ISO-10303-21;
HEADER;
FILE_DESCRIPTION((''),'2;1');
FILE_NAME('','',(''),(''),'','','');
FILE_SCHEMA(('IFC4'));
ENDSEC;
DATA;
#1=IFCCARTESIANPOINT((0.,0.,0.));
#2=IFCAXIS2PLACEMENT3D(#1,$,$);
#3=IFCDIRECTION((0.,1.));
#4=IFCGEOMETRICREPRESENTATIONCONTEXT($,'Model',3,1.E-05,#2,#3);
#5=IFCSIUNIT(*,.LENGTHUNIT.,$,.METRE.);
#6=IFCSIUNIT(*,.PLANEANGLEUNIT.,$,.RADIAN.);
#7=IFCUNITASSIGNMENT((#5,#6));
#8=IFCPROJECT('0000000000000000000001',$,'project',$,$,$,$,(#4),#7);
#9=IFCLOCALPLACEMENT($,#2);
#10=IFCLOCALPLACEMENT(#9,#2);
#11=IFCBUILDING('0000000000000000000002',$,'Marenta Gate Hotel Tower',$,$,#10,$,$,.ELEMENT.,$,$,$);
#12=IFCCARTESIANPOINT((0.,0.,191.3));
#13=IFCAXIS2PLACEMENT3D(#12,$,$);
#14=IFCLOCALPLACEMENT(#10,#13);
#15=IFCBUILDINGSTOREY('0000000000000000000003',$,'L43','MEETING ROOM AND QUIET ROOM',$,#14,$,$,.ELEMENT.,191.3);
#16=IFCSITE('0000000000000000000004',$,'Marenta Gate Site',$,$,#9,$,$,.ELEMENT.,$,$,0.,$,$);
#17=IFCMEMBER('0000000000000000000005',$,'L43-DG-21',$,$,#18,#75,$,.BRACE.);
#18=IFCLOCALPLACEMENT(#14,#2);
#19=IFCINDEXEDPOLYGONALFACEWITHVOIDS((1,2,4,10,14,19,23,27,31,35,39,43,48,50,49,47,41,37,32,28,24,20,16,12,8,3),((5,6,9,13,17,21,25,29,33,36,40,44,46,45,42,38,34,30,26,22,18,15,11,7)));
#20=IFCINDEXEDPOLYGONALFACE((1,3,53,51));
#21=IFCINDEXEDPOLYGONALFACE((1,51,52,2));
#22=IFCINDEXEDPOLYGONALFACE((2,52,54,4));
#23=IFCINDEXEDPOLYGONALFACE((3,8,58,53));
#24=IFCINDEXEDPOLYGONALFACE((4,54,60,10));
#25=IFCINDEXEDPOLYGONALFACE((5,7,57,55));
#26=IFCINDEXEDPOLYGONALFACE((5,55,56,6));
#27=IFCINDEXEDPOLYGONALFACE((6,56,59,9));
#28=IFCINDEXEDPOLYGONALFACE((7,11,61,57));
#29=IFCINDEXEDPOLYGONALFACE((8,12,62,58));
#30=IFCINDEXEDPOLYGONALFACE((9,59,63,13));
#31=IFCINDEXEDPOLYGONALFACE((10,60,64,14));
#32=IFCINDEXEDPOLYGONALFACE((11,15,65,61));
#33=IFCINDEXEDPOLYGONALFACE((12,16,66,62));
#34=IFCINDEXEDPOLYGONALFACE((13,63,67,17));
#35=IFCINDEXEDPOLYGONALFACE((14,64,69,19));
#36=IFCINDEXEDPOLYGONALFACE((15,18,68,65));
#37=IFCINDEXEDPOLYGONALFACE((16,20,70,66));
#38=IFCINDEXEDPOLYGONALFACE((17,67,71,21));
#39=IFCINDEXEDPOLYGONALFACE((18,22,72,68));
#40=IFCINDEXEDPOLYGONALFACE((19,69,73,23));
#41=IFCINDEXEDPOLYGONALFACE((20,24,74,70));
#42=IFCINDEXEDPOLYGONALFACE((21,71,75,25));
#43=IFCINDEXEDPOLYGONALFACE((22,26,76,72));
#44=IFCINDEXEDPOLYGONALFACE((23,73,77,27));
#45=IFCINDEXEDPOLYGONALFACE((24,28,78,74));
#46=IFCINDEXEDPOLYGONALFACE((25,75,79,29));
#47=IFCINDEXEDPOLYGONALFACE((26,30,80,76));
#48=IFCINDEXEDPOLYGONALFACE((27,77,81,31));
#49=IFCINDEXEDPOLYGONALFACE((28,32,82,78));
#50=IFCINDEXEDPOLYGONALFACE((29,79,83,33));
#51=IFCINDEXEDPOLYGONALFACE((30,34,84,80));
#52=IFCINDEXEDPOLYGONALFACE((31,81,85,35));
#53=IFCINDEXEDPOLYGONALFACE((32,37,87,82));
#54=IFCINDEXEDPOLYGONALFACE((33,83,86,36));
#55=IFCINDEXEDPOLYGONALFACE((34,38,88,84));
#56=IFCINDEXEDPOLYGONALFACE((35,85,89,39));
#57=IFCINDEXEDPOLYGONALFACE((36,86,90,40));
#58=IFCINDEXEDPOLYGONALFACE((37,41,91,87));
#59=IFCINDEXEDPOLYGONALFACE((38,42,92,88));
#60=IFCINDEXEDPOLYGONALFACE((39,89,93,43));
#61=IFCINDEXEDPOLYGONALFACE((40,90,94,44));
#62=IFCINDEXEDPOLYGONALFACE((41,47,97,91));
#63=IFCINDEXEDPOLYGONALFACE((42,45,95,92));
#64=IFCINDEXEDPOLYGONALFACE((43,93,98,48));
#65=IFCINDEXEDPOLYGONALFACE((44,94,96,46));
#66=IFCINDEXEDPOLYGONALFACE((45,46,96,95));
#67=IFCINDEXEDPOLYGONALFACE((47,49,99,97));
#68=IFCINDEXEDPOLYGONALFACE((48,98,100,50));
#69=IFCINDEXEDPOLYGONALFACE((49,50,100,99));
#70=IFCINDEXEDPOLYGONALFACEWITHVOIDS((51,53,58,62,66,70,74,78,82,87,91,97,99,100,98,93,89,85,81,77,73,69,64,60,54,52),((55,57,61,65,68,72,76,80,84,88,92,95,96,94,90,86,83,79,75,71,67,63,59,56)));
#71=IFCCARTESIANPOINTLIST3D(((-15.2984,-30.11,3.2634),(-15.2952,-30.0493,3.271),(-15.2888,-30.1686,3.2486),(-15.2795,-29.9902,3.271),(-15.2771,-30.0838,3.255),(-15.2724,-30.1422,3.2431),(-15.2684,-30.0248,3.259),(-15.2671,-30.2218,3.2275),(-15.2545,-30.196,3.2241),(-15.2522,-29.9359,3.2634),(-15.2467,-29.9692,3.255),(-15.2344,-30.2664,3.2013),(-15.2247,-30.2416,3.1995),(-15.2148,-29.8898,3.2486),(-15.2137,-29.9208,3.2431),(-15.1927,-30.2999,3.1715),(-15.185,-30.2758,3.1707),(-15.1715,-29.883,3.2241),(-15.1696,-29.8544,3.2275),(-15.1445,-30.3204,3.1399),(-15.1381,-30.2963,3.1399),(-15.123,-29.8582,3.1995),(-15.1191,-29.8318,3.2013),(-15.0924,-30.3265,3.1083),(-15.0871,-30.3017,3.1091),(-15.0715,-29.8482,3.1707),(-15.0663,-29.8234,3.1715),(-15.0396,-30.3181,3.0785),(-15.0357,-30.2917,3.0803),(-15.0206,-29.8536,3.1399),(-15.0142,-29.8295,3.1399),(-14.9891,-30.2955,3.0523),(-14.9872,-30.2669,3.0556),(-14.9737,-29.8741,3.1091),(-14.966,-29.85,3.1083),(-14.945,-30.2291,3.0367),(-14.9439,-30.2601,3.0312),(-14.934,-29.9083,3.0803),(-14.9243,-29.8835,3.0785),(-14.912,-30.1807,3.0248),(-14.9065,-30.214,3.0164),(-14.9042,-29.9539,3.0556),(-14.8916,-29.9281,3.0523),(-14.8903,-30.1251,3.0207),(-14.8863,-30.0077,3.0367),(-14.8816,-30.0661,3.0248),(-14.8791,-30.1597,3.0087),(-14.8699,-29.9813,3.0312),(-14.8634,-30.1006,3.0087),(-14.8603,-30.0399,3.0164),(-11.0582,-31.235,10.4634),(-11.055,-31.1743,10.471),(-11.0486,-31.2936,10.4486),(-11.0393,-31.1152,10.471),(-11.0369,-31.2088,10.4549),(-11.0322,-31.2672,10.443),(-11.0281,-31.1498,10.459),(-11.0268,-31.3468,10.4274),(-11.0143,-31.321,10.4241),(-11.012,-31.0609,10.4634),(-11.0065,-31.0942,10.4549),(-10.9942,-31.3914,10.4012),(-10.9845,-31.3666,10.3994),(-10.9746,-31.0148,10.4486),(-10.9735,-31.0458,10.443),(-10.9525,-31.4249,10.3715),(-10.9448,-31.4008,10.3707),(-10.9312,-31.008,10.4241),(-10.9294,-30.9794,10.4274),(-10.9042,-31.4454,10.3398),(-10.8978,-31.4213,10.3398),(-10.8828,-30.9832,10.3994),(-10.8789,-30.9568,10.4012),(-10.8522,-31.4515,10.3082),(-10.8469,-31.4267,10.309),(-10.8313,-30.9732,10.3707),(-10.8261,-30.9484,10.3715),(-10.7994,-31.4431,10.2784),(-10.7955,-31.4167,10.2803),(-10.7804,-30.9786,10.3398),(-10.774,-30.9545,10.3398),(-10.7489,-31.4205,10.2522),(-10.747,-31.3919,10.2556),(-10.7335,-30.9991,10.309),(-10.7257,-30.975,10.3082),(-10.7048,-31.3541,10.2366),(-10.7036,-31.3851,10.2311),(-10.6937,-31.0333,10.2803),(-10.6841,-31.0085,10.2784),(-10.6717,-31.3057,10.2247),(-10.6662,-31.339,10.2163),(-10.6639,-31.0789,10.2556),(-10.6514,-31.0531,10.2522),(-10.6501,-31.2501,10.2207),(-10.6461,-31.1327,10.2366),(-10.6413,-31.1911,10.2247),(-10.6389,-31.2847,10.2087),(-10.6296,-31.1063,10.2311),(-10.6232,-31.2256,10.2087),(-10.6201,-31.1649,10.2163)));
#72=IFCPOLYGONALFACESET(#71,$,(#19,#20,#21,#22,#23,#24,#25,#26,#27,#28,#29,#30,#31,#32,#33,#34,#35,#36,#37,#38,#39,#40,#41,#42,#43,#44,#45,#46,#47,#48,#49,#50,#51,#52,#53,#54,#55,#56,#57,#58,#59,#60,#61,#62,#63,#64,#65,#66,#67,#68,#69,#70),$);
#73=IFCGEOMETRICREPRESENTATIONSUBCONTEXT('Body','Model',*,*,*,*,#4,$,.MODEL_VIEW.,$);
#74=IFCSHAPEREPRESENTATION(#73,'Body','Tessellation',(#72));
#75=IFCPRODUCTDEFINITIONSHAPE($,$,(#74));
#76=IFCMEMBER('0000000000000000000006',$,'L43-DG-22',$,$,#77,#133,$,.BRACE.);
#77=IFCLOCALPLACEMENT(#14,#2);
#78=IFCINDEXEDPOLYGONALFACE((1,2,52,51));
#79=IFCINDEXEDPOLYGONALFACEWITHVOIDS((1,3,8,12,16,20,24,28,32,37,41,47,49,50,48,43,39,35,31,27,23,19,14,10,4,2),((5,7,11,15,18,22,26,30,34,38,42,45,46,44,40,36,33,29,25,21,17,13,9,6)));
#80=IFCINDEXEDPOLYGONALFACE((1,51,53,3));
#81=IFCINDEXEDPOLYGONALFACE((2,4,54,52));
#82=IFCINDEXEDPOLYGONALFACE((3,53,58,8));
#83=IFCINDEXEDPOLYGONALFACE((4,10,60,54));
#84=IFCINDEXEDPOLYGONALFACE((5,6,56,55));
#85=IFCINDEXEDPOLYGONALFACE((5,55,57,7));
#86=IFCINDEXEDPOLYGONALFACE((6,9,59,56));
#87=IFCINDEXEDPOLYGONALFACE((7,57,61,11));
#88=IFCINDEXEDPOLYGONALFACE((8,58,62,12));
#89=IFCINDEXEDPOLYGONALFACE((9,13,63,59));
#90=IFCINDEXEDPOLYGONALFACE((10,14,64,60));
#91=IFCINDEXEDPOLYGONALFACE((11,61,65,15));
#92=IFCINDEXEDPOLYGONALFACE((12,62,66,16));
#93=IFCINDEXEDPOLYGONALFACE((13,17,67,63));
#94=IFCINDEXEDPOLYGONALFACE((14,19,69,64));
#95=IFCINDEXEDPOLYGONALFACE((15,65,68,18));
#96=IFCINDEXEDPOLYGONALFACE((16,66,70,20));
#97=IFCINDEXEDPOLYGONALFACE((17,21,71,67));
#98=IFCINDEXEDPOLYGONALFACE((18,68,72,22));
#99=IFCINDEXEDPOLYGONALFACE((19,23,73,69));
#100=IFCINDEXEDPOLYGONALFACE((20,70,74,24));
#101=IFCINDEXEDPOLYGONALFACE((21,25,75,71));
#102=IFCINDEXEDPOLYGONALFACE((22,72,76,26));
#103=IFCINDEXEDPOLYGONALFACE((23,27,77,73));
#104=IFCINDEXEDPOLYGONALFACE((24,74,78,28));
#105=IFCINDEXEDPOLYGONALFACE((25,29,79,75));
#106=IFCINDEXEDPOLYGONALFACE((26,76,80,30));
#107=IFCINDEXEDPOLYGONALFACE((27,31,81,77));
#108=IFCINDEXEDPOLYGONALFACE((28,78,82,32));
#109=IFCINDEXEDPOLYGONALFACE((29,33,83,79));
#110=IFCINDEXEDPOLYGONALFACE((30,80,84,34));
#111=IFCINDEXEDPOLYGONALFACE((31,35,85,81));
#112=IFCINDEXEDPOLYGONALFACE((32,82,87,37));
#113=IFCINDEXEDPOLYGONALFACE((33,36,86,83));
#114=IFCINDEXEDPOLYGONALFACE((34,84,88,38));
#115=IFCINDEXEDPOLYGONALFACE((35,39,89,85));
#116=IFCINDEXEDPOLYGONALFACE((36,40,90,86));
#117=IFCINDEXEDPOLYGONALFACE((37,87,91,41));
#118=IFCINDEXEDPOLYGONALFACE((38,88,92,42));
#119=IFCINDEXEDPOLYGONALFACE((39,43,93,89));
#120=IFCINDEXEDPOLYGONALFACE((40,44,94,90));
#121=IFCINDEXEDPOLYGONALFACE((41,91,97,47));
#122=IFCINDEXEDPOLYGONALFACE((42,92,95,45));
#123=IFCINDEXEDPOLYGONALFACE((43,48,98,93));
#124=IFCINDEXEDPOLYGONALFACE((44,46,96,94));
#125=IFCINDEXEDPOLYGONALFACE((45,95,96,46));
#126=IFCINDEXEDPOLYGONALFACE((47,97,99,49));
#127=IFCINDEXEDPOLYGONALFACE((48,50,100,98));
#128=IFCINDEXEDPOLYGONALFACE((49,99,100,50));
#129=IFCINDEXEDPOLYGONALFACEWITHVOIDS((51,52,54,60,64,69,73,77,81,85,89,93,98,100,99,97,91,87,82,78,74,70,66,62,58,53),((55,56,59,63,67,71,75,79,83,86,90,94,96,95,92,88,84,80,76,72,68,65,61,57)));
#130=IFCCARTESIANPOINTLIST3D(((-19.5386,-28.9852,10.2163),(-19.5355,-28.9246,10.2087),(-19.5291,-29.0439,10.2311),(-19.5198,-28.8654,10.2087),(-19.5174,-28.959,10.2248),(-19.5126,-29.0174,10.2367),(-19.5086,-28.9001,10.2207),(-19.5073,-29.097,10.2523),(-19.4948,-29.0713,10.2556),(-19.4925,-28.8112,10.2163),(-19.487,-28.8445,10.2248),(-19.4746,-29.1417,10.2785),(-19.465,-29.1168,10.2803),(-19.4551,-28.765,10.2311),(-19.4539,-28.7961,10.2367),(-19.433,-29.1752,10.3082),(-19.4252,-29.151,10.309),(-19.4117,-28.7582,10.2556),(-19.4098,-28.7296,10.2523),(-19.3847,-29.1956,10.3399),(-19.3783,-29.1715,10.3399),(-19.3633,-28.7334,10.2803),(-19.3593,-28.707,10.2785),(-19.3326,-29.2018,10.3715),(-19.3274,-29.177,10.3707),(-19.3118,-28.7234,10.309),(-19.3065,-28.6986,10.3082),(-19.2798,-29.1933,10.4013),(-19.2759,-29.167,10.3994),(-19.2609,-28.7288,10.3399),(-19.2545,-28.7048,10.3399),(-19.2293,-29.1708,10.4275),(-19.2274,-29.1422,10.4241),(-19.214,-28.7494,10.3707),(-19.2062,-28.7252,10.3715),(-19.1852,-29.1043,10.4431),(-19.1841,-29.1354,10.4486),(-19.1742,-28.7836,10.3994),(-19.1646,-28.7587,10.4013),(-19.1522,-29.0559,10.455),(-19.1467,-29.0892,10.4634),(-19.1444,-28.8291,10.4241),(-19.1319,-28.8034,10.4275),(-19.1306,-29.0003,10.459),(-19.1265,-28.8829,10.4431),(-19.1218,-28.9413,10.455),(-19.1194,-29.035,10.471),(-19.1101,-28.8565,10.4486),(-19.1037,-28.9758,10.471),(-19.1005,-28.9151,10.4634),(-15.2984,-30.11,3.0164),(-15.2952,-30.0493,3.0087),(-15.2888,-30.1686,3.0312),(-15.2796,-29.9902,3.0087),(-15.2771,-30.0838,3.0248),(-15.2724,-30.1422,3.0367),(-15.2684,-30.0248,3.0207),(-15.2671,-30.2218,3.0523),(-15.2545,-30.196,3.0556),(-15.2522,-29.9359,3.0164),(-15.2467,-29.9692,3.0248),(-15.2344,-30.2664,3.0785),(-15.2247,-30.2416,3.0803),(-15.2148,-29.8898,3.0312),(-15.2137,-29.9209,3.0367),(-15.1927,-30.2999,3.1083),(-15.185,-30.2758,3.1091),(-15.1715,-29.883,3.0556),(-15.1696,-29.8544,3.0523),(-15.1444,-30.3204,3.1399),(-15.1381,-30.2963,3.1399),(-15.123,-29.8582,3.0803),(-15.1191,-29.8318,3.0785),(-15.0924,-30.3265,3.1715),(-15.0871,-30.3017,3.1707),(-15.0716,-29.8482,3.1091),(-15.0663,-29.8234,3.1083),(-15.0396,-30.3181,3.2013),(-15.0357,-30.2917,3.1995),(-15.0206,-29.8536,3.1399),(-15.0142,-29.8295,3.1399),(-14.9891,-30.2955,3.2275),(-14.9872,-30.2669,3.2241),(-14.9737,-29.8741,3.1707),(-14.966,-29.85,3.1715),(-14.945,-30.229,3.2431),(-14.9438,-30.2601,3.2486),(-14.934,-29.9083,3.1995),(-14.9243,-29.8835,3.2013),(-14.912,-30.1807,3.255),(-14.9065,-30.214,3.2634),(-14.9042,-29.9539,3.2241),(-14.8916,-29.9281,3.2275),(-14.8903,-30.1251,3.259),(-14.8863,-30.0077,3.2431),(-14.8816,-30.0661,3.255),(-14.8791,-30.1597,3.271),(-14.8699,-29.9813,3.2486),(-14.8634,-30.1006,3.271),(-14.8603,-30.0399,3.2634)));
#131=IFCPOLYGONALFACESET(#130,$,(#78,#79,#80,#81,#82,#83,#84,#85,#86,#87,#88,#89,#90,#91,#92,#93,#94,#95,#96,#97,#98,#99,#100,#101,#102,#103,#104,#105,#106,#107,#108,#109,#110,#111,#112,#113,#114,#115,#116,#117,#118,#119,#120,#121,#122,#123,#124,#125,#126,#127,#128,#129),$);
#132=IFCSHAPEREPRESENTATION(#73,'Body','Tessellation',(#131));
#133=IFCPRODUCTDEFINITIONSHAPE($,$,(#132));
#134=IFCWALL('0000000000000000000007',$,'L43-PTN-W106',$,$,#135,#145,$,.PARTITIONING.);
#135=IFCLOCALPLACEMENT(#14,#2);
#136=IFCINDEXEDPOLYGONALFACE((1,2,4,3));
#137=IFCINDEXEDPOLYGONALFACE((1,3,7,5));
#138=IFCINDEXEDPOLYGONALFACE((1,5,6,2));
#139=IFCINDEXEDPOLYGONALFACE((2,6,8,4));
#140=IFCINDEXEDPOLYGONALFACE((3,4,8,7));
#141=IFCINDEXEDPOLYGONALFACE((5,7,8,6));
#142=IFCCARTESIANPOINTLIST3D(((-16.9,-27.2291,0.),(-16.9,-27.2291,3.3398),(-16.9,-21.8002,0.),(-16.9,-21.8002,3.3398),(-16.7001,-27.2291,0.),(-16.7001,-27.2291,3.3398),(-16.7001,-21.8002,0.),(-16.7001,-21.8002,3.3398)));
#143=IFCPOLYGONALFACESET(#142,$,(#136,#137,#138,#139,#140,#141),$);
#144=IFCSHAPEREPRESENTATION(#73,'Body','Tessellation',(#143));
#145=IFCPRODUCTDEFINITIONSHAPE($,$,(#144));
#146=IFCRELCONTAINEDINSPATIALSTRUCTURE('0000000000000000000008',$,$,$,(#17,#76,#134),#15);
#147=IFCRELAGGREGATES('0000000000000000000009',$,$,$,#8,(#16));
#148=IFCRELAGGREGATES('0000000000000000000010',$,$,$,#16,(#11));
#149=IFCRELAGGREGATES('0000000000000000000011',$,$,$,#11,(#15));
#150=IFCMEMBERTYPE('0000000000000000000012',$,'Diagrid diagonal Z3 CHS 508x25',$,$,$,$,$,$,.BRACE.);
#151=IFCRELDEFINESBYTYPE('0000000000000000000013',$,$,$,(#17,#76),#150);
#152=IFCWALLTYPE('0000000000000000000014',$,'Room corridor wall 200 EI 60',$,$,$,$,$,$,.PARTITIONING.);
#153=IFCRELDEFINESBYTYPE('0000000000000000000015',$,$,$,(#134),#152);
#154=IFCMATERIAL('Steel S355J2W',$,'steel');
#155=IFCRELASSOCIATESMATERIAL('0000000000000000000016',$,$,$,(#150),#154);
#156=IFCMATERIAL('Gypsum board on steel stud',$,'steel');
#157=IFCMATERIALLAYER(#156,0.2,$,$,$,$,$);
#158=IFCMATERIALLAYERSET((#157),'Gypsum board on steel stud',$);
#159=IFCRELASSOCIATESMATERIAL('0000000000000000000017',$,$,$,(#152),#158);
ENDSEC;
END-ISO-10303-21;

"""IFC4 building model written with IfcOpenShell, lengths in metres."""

from ifc_helpers import new_model, si_unit, direction, frame, frame_2d, origin, origin_2d, place, context, subcontext, project, spatial, rectangle, hollow_circle, extrude, material, layer, layer_set, material_profile, profile_set, type_object, element, save


model = new_model("IFC4")

# Units and contexts
model_context = context("Model", 3, precision=1e-05, world=origin(), true_north=direction((0.0, 1.0)))
body_context = subcontext(model_context, "Body", "Model", "MODEL_VIEW")
ifc_project = project(units=[si_unit("LENGTHUNIT", "METRE"), si_unit("PLANEANGLEUNIT", "RADIAN")], contexts=[model_context])

# Site, building, storey
site_placement = place(None, origin())
site = spatial("IfcSite", under=ifc_project, at=site_placement, Name="Marenta Gate Site", CompositionType="ELEMENT", RefElevation=0.0)
building_placement = place(site_placement, origin())
building = spatial("IfcBuilding", under=site, at=building_placement, Name="Marenta Gate Hotel Tower", CompositionType="ELEMENT")
storey_placement = place(building_placement, frame((0.0, 0.0, 191.3)))
storey = spatial("IfcBuildingStorey", under=building, at=storey_placement, Name="L43", Description="MEETING ROOM AND QUIET ROOM", CompositionType="ELEMENT", Elevation=191.3)

# Members
ifc_material_1 = material(Name="Steel S355J2W", Category="steel")
ifc_material_profile = material_profile(ifc_material_1, hollow_circle(Radius=0.2539, WallThickness=0.0249, at=origin_2d()), Name="CHS 508x25")
ifc_profile_set = profile_set([ifc_material_profile], Name="Steel S355J2W")
member_type = type_object("IfcMemberType", Name="Diagrid diagonal Z3 CHS 508x25", PredefinedType="BRACE", material=ifc_profile_set)
for number, where, z_axis, x_axis, name in (
    (1, (-15.0793, -30.075, 3.1399), (0.502924, -0.133434, 0.853969), (0.256443, 0.966559, 0.0), "L43-DG-21"),
    (2, (-15.0793, -30.075, 3.1399), (-0.502926, 0.133405, 0.853972), (-0.256391, -0.966573, 0.0), "L43-DG-22"),
):
    element("IfcMember", number, at=place(storey_placement, frame(where, z_axis=z_axis, x_axis=x_axis)), inside=storey, type_object=member_type, Name=name, PredefinedType="BRACE", context=body_context, shape_type="SweptSolid", body=[
        extrude(hollow_circle(Radius=0.2539, WallThickness=0.0249, at=origin_2d()), origin(), (0.0, 0.0, 1.0), 8.4312),
    ])

# Wall
ifc_material_2 = material(Name="Gypsum board on steel stud", Category="steel")
ifc_layer = layer(ifc_material_2, 0.2)
ifc_layer_set = layer_set([ifc_layer], Name="Gypsum board on steel stud")
wall_type = type_object("IfcWallType", Name="Room corridor wall 200 EI 60", PredefinedType="PARTITIONING", material=ifc_layer_set)
wall_1_placement = place(storey_placement, frame((-16.8, -27.229, 0.0), z_axis=(0.0, 0.0, 1.0), x_axis=(0.0, 1.0, 0.0)))
element("IfcWall", 3, at=wall_1_placement, inside=storey, type_object=wall_type, Name="L43-PTN-W106", PredefinedType="PARTITIONING", context=body_context, shape_type="SweptSolid", body=[
    extrude(rectangle(XDim=5.429, YDim=0.2, at=frame_2d((2.7144, 0.0))), origin(), (0.0, 0.0, 1.0), 3.3398),
])

save(model, "model.ifc")
